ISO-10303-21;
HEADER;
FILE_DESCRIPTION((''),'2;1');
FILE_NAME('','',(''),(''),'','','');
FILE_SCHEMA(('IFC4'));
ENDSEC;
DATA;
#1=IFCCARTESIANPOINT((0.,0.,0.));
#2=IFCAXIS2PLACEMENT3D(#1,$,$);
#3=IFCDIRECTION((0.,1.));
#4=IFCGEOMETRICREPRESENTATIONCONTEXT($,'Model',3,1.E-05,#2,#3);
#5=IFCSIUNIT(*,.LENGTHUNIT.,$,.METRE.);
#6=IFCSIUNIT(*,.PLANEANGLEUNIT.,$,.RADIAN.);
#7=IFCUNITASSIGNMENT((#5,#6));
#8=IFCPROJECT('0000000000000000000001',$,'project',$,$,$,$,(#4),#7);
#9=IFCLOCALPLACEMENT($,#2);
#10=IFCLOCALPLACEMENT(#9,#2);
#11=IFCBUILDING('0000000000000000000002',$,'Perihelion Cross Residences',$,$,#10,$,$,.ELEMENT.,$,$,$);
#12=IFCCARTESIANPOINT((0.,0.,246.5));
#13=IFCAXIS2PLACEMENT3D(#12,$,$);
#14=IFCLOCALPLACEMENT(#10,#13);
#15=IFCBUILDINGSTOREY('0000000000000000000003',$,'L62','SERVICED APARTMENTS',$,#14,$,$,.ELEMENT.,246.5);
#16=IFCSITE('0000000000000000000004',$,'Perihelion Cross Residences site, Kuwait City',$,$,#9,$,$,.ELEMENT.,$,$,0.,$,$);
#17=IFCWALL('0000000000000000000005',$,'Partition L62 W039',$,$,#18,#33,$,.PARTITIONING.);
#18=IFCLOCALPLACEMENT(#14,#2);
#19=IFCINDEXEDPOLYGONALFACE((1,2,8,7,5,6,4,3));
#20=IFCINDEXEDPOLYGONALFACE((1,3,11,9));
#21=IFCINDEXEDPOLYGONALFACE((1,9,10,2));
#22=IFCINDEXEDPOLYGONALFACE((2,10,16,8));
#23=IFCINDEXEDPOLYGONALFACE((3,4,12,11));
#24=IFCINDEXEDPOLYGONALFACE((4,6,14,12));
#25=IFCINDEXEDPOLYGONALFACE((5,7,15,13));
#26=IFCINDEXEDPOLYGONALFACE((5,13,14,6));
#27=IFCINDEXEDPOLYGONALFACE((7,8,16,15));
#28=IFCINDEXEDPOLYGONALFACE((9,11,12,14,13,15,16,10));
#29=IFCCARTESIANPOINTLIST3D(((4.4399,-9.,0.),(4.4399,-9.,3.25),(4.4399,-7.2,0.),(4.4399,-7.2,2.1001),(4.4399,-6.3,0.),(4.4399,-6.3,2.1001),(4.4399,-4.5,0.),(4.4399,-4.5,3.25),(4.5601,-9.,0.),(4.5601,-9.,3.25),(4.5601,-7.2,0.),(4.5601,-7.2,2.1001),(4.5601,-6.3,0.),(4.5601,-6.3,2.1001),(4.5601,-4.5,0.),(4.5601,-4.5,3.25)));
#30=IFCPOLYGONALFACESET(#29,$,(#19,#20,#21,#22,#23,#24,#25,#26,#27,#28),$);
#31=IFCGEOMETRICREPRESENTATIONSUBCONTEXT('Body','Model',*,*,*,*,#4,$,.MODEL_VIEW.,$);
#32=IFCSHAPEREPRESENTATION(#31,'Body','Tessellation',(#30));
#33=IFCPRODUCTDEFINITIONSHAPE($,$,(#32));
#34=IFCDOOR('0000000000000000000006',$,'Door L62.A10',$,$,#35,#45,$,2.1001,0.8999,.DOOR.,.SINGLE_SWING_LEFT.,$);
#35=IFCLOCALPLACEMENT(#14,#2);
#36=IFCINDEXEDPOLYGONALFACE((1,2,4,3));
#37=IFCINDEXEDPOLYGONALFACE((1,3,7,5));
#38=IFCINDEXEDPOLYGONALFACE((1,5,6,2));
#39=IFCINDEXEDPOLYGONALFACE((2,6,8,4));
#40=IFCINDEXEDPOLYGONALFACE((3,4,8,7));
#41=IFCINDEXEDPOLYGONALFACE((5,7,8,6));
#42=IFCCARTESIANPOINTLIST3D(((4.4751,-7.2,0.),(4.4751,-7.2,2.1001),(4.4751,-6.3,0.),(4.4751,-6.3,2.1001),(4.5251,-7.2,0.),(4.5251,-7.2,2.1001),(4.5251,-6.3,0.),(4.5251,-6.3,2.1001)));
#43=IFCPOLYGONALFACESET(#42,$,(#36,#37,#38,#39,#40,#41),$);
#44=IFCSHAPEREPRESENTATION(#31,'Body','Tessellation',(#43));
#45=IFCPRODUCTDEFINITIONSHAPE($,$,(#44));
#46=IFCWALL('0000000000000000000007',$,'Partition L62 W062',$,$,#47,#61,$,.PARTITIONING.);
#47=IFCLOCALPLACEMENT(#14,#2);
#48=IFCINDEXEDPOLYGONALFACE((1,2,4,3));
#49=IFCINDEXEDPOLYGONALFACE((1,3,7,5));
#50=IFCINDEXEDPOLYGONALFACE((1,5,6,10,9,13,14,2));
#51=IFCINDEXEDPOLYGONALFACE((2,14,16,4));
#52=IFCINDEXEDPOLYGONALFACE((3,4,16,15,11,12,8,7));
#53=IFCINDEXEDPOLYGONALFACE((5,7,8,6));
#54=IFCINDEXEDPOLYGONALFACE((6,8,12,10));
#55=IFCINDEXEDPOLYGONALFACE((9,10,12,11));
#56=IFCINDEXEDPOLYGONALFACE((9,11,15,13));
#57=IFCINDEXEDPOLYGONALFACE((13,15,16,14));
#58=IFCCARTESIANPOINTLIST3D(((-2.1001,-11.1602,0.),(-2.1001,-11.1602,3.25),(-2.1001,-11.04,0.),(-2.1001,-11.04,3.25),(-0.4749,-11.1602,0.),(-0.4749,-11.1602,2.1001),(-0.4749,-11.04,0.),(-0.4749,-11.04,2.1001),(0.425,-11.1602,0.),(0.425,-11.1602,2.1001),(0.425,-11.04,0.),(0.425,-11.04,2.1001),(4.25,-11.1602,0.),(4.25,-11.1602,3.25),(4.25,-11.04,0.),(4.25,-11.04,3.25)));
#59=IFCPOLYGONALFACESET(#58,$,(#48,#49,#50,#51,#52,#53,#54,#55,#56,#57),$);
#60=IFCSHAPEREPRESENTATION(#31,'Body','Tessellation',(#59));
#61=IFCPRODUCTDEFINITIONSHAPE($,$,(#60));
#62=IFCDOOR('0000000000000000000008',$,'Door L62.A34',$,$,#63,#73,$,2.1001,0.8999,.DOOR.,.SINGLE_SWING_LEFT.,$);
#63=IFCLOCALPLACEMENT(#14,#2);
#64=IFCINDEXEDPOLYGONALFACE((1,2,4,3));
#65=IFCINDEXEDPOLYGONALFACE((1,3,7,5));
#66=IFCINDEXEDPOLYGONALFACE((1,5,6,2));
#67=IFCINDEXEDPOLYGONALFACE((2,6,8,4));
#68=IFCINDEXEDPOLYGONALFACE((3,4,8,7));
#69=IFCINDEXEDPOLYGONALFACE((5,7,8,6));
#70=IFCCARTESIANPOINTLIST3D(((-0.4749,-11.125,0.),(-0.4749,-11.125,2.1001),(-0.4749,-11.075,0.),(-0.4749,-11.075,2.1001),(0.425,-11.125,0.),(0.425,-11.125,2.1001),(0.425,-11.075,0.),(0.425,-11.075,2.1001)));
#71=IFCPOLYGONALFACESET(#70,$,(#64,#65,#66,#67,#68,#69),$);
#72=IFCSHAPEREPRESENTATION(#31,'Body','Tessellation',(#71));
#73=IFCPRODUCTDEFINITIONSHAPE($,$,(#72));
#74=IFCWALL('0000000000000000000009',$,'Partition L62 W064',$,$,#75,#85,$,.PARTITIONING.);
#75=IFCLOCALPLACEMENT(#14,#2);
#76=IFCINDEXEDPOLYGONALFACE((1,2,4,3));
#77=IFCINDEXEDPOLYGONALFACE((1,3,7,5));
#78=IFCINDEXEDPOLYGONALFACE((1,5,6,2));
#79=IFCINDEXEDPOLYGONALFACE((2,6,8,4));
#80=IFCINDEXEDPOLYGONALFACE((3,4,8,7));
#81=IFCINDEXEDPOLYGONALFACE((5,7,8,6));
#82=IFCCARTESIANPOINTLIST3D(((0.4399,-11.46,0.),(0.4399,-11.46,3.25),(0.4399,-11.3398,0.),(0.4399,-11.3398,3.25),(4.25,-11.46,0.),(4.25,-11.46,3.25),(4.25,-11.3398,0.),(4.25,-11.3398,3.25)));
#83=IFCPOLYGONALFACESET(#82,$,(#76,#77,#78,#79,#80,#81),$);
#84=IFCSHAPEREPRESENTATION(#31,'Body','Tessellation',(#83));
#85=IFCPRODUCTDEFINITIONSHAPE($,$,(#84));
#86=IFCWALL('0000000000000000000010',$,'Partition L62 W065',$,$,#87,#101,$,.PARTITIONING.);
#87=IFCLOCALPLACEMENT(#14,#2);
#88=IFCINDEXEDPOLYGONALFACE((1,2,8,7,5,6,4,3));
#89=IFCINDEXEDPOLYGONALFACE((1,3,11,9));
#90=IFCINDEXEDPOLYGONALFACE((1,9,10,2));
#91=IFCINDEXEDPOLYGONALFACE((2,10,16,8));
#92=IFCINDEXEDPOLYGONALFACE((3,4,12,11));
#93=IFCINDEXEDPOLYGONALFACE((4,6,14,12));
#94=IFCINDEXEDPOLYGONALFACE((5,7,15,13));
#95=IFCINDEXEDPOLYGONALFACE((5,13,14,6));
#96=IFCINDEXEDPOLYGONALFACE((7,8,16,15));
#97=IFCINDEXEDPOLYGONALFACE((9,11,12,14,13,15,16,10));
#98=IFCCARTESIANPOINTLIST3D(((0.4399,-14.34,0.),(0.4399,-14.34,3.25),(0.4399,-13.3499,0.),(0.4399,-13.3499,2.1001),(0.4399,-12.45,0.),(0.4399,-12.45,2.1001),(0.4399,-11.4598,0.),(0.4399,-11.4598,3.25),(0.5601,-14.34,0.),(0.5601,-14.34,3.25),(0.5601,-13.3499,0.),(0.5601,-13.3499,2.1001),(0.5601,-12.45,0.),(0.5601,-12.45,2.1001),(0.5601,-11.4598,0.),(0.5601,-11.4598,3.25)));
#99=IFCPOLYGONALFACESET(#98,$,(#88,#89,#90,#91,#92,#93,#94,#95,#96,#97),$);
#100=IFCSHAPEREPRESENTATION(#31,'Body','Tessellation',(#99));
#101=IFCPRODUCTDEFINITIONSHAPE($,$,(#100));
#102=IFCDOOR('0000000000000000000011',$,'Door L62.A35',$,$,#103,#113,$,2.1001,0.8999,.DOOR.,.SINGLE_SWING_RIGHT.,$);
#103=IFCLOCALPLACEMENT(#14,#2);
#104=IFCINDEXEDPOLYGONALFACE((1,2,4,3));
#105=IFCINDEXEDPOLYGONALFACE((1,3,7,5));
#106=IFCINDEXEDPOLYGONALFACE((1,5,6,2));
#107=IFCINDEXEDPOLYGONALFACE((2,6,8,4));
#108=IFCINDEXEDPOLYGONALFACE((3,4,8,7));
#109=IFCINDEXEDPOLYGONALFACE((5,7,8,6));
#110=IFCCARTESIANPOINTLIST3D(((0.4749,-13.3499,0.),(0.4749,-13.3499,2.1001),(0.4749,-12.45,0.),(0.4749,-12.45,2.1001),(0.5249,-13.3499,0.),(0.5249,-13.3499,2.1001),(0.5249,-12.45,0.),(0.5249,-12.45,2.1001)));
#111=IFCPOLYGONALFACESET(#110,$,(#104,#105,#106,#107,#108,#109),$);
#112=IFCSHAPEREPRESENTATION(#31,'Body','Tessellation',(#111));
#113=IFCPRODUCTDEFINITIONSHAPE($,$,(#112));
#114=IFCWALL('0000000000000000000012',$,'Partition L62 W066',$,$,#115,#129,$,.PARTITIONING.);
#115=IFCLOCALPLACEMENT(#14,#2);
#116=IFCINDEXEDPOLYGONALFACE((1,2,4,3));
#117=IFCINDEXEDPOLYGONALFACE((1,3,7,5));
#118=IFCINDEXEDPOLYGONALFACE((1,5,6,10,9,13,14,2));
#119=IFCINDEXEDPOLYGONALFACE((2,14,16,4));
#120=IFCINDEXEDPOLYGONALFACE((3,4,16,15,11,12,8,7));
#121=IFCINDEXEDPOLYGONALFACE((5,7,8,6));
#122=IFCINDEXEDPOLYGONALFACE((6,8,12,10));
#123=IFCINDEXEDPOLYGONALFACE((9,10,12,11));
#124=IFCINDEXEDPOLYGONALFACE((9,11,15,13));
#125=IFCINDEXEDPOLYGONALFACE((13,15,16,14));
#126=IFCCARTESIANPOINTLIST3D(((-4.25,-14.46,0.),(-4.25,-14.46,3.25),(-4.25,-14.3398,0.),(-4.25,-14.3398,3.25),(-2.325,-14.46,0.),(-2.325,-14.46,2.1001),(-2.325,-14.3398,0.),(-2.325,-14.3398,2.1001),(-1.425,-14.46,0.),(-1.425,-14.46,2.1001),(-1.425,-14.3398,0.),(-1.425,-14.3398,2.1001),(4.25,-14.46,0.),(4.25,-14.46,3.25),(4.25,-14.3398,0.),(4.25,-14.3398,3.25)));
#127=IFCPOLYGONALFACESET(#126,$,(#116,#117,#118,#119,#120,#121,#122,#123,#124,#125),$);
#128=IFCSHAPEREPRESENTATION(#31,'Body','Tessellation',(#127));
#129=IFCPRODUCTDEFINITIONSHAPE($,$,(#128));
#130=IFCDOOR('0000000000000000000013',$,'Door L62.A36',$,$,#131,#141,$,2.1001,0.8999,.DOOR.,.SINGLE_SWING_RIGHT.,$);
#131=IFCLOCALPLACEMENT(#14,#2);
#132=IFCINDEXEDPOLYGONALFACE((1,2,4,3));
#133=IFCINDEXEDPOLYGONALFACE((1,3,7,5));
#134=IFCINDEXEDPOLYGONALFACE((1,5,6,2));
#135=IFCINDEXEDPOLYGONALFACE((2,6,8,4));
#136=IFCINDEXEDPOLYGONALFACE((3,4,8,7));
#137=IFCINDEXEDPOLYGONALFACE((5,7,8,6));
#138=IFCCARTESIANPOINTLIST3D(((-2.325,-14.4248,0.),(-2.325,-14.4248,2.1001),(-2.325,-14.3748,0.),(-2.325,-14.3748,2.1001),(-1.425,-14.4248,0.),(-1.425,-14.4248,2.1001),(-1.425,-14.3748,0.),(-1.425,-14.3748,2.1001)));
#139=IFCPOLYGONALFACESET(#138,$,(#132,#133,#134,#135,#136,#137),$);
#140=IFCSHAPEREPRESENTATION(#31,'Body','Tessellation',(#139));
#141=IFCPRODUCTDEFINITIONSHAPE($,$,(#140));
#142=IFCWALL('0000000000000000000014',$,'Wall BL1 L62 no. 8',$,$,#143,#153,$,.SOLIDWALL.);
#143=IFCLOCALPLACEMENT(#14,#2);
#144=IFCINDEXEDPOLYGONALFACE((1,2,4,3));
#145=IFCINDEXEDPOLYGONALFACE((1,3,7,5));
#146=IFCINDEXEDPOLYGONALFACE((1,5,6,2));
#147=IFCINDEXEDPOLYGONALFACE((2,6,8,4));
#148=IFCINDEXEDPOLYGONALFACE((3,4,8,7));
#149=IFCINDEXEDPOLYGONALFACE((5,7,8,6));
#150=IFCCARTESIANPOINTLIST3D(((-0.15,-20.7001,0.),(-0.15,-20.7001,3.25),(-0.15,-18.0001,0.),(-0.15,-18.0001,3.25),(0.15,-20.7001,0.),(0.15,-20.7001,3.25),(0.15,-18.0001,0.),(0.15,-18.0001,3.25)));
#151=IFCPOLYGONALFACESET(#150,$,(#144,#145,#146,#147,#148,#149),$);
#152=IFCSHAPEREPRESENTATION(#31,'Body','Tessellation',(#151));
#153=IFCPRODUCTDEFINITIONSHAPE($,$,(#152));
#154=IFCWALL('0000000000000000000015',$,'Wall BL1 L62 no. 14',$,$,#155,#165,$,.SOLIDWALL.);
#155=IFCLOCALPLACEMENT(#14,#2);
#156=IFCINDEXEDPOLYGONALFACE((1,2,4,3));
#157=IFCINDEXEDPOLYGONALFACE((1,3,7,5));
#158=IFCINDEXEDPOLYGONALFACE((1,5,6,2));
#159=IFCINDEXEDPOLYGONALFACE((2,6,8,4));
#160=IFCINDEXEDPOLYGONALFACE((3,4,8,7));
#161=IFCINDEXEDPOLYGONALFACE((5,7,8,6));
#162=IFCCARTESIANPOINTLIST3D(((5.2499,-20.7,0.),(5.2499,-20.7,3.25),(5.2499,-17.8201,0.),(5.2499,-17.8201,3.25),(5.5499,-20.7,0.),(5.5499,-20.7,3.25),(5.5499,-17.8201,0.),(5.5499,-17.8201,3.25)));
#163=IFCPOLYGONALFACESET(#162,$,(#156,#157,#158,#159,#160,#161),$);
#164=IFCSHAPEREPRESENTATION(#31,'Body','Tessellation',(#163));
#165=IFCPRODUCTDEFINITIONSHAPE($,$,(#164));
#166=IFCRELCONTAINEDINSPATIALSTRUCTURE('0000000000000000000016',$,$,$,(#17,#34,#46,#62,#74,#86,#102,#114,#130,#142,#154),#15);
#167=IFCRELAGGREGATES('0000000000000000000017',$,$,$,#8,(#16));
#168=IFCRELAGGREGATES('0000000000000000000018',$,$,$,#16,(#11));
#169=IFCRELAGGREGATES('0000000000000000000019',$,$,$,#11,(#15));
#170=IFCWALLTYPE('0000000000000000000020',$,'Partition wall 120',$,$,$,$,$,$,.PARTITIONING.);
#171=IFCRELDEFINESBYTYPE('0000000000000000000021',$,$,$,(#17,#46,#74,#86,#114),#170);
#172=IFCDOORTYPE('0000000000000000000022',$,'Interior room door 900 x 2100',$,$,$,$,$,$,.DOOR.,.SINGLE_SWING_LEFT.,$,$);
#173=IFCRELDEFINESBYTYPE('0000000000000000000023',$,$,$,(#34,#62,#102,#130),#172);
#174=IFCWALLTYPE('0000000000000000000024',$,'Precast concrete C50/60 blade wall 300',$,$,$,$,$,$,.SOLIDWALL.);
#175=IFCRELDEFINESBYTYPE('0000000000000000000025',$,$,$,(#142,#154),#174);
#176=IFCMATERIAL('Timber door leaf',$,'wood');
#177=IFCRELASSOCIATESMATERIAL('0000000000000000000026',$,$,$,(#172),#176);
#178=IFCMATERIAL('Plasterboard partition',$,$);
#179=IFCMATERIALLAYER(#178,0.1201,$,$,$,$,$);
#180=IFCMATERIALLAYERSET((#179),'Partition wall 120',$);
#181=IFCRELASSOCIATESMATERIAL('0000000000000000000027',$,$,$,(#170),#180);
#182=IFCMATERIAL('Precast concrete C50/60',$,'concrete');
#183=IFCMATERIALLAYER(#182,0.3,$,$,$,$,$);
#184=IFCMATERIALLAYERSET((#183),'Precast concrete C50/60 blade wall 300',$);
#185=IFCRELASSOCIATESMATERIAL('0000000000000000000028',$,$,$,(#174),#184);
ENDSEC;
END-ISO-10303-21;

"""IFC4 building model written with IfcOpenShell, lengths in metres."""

from ifc_helpers import new_model, si_unit, direction, frame, frame_2d, origin, place, context, subcontext, project, spatial, rectangle, extrude, material, layer, layer_set, type_object, element, fill, save


model = new_model("IFC4")

# Units and contexts
model_context = context("Model", 3, precision=1e-05, world=origin(), true_north=direction((0.0, 1.0)))
body_context = subcontext(model_context, "Body", "Model", "MODEL_VIEW")
ifc_project = project(units=[si_unit("LENGTHUNIT", "METRE"), si_unit("PLANEANGLEUNIT", "RADIAN")], contexts=[model_context])

# Site, building, storey
site_placement = place(None, origin())
site = spatial("IfcSite", under=ifc_project, at=site_placement, Name="Perihelion Cross Residences site, Kuwait City", CompositionType="ELEMENT", RefElevation=0.0)
building_placement = place(site_placement, origin())
building = spatial("IfcBuilding", under=site, at=building_placement, Name="Perihelion Cross Residences", CompositionType="ELEMENT")
storey_placement = place(building_placement, frame((0.0, 0.0, 246.5)))
storey = spatial("IfcBuildingStorey", under=building, at=storey_placement, Name="L62", Description="SERVICED APARTMENTS", CompositionType="ELEMENT", Elevation=246.5)

# Walls, openings, doors
ifc_material_1 = material(Name="Timber door leaf", Category="wood")
door_type_1 = type_object("IfcDoorType", Name="Interior room door 900 x 2100", OperationType="SINGLE_SWING_LEFT", PredefinedType="DOOR", material=ifc_material_1)
ifc_material_2 = material(Name="Plasterboard partition")
ifc_layer_1 = layer(ifc_material_2, 0.1201)
ifc_layer_set_1 = layer_set([ifc_layer_1], Name="Partition wall 120")
wall_type_1 = type_object("IfcWallType", Name="Partition wall 120", PredefinedType="PARTITIONING", material=ifc_layer_set_1)
wall_1_placement = place(storey_placement, frame((4.5, -9.0, 0.0), z_axis=(0.0, 0.0, 1.0), x_axis=(0.0, 1.0, 0.0)))
wall_1 = element("IfcWall", 1, at=wall_1_placement, inside=storey, type_object=wall_type_1, Name="Partition L62 W039", PredefinedType="PARTITIONING", context=body_context, shape_type="SweptSolid", body=[
    extrude(rectangle(XDim=4.5, YDim=0.1201, at=frame_2d((2.25, 0.0))), origin(), (0.0, 0.0, 1.0), 3.25),
])
opening_1_placement = place(wall_1_placement, frame((1.8, 0.0, 0.0)))
opening_1 = element("IfcOpeningElement", 2, at=opening_1_placement, cuts=wall_1, PredefinedType="OPENING", context=body_context, shape_type="SweptSolid", body=[
    extrude(rectangle(XDim=0.8999, YDim=2.1001, at=frame_2d((0.45, 1.05))), frame((0.0, 0.0701, 0.0), z_axis=(0.0, -1.0, 0.0), x_axis=(1.0, 0.0, 0.0)), (0.0, 0.0, 1.0), 0.1401),
])
door_1_placement = place(opening_1_placement, origin())
door_1 = element("IfcDoor", 3, at=door_1_placement, inside=storey, type_object=door_type_1, Name="Door L62.A10", OperationType="SINGLE_SWING_LEFT", OverallHeight=2.1001, OverallWidth=0.8999, PredefinedType="DOOR", context=body_context, shape_type="SweptSolid", body=[
    extrude(rectangle(XDim=0.8999, YDim=2.1001, at=frame_2d((0.45, 1.05))), frame((0.0, 0.0249, 0.0), z_axis=(0.0, -1.0, 0.0), x_axis=(1.0, 0.0, 0.0)), (0.0, 0.0, 1.0), 0.05),
])
fill(opening_1, door_1)
wall_2_placement = place(storey_placement, frame((4.25, -11.1001, 0.0), z_axis=(0.0, 0.0, 1.0), x_axis=(-1.0, 0.0, 0.0)))
wall_2 = element("IfcWall", 4, at=wall_2_placement, inside=storey, type_object=wall_type_1, Name="Partition L62 W062", PredefinedType="PARTITIONING", context=body_context, shape_type="SweptSolid", body=[
    extrude(rectangle(XDim=6.3501, YDim=0.1201, at=frame_2d((3.175, 0.0))), origin(), (0.0, 0.0, 1.0), 3.25),
])
opening_2_placement = place(wall_2_placement, frame((3.825, 0.0, 0.0)))
opening_2 = element("IfcOpeningElement", 5, at=opening_2_placement, cuts=wall_2, PredefinedType="OPENING", context=body_context, shape_type="SweptSolid", body=[
    extrude(rectangle(XDim=0.8999, YDim=2.1001, at=frame_2d((0.45, 1.05))), frame((0.0, 0.0701, 0.0), z_axis=(0.0, -1.0, 0.0), x_axis=(1.0, 0.0, 0.0)), (0.0, 0.0, 1.0), 0.1401),
])
door_2_placement = place(opening_2_placement, origin())
door_2 = element("IfcDoor", 6, at=door_2_placement, inside=storey, type_object=door_type_1, Name="Door L62.A34", OperationType="SINGLE_SWING_LEFT", OverallHeight=2.1001, OverallWidth=0.8999, PredefinedType="DOOR", context=body_context, shape_type="SweptSolid", body=[
    extrude(rectangle(XDim=0.8999, YDim=2.1001, at=frame_2d((0.45, 1.05))), frame((0.0, 0.0249, 0.0), z_axis=(0.0, -1.0, 0.0), x_axis=(1.0, 0.0, 0.0)), (0.0, 0.0, 1.0), 0.05),
])
fill(opening_2, door_2)

# Wall
wall_3_placement = place(storey_placement, frame((4.25, -11.3999, 0.0), z_axis=(0.0, 0.0, 1.0), x_axis=(-1.0, 0.0, 0.0)))
element("IfcWall", 7, at=wall_3_placement, inside=storey, type_object=wall_type_1, Name="Partition L62 W064", PredefinedType="PARTITIONING", context=body_context, shape_type="SweptSolid", body=[
    extrude(rectangle(XDim=3.8101, YDim=0.1201, at=frame_2d((1.905, 0.0))), origin(), (0.0, 0.0, 1.0), 3.25),
])

# Walls, openings, doors
wall_4_placement = place(storey_placement, frame((0.5, -11.46, 0.0), z_axis=(0.0, 0.0, 1.0), x_axis=(0.0, -1.0, 0.0)))
wall_4 = element("IfcWall", 8, at=wall_4_placement, inside=storey, type_object=wall_type_1, Name="Partition L62 W065", PredefinedType="PARTITIONING", context=body_context, shape_type="SweptSolid", body=[
    extrude(rectangle(XDim=2.8801, YDim=0.1201, at=frame_2d((1.4399, 0.0))), origin(), (0.0, 0.0, 1.0), 3.25),
])
opening_3_placement = place(wall_4_placement, frame((0.99, 0.0, 0.0)))
opening_3 = element("IfcOpeningElement", 9, at=opening_3_placement, cuts=wall_4, PredefinedType="OPENING", context=body_context, shape_type="SweptSolid", body=[
    extrude(rectangle(XDim=0.8999, YDim=2.1001, at=frame_2d((0.45, 1.05))), frame((0.0, 0.0701, 0.0), z_axis=(0.0, -1.0, 0.0), x_axis=(1.0, 0.0, 0.0)), (0.0, 0.0, 1.0), 0.1401),
])
door_3_placement = place(opening_3_placement, origin())
door_3 = element("IfcDoor", 10, at=door_3_placement, inside=storey, type_object=door_type_1, Name="Door L62.A35", OperationType="SINGLE_SWING_RIGHT", OverallHeight=2.1001, OverallWidth=0.8999, PredefinedType="DOOR", context=body_context, shape_type="SweptSolid", body=[
    extrude(rectangle(XDim=0.8999, YDim=2.1001, at=frame_2d((0.45, 1.05))), frame((0.0, 0.0249, 0.0), z_axis=(0.0, -1.0, 0.0), x_axis=(1.0, 0.0, 0.0)), (0.0, 0.0, 1.0), 0.05),
])
fill(opening_3, door_3)
wall_5_placement = place(storey_placement, frame((4.25, -14.3999, 0.0), z_axis=(0.0, 0.0, 1.0), x_axis=(-1.0, 0.0, 0.0)))
wall_5 = element("IfcWall", 11, at=wall_5_placement, inside=storey, type_object=wall_type_1, Name="Partition L62 W066", PredefinedType="PARTITIONING", context=body_context, shape_type="SweptSolid", body=[
    extrude(rectangle(XDim=8.5, YDim=0.1201, at=frame_2d((4.25, 0.0))), origin(), (0.0, 0.0, 1.0), 3.25),
])
opening_4_placement = place(wall_5_placement, frame((5.675, 0.0, 0.0)))
opening_4 = element("IfcOpeningElement", 12, at=opening_4_placement, cuts=wall_5, PredefinedType="OPENING", context=body_context, shape_type="SweptSolid", body=[
    extrude(rectangle(XDim=0.8999, YDim=2.1001, at=frame_2d((0.45, 1.05))), frame((0.0, 0.0701, 0.0), z_axis=(0.0, -1.0, 0.0), x_axis=(1.0, 0.0, 0.0)), (0.0, 0.0, 1.0), 0.1401),
])
door_4_placement = place(opening_4_placement, origin())
door_4 = element("IfcDoor", 13, at=door_4_placement, inside=storey, type_object=door_type_1, Name="Door L62.A36", OperationType="SINGLE_SWING_RIGHT", OverallHeight=2.1001, OverallWidth=0.8999, PredefinedType="DOOR", context=body_context, shape_type="SweptSolid", body=[
    extrude(rectangle(XDim=0.8999, YDim=2.1001, at=frame_2d((0.45, 1.05))), frame((0.0, 0.0249, 0.0), z_axis=(0.0, -1.0, 0.0), x_axis=(1.0, 0.0, 0.0)), (0.0, 0.0, 1.0), 0.05),
])
fill(opening_4, door_4)

# Walls
ifc_material_3 = material(Name="Precast concrete C50/60", Category="concrete")
ifc_layer_2 = layer(ifc_material_3, 0.3)
ifc_layer_set_2 = layer_set([ifc_layer_2], Name="Precast concrete C50/60 blade wall 300")
wall_type_2 = type_object("IfcWallType", Name="Precast concrete C50/60 blade wall 300", PredefinedType="SOLIDWALL", material=ifc_layer_set_2)
wall_6_placement = place(storey_placement, frame((0.0, -18.0, 0.0), z_axis=(0.0, 0.0, 1.0), x_axis=(0.0, -1.0, 0.0)))
element("IfcWall", 14, at=wall_6_placement, inside=storey, type_object=wall_type_2, Name="Wall BL1 L62 no. 8", PredefinedType="SOLIDWALL", context=body_context, shape_type="SweptSolid", body=[
    extrude(rectangle(XDim=2.7, YDim=0.3, at=frame_2d((1.3501, 0.0))), origin(), (0.0, 0.0, 1.0), 3.25),
])
wall_7_placement = place(storey_placement, frame((5.3999, -17.8201, 0.0), z_axis=(0.0, 0.0, 1.0), x_axis=(0.0, -1.0, 0.0)))
element("IfcWall", 15, at=wall_7_placement, inside=storey, type_object=wall_type_2, Name="Wall BL1 L62 no. 14", PredefinedType="SOLIDWALL", context=body_context, shape_type="SweptSolid", body=[
    extrude(rectangle(XDim=2.8799, YDim=0.3, at=frame_2d((1.4399, 0.0))), origin(), (0.0, 0.0, 1.0), 3.25),
])

save(model, "model.ifc")
